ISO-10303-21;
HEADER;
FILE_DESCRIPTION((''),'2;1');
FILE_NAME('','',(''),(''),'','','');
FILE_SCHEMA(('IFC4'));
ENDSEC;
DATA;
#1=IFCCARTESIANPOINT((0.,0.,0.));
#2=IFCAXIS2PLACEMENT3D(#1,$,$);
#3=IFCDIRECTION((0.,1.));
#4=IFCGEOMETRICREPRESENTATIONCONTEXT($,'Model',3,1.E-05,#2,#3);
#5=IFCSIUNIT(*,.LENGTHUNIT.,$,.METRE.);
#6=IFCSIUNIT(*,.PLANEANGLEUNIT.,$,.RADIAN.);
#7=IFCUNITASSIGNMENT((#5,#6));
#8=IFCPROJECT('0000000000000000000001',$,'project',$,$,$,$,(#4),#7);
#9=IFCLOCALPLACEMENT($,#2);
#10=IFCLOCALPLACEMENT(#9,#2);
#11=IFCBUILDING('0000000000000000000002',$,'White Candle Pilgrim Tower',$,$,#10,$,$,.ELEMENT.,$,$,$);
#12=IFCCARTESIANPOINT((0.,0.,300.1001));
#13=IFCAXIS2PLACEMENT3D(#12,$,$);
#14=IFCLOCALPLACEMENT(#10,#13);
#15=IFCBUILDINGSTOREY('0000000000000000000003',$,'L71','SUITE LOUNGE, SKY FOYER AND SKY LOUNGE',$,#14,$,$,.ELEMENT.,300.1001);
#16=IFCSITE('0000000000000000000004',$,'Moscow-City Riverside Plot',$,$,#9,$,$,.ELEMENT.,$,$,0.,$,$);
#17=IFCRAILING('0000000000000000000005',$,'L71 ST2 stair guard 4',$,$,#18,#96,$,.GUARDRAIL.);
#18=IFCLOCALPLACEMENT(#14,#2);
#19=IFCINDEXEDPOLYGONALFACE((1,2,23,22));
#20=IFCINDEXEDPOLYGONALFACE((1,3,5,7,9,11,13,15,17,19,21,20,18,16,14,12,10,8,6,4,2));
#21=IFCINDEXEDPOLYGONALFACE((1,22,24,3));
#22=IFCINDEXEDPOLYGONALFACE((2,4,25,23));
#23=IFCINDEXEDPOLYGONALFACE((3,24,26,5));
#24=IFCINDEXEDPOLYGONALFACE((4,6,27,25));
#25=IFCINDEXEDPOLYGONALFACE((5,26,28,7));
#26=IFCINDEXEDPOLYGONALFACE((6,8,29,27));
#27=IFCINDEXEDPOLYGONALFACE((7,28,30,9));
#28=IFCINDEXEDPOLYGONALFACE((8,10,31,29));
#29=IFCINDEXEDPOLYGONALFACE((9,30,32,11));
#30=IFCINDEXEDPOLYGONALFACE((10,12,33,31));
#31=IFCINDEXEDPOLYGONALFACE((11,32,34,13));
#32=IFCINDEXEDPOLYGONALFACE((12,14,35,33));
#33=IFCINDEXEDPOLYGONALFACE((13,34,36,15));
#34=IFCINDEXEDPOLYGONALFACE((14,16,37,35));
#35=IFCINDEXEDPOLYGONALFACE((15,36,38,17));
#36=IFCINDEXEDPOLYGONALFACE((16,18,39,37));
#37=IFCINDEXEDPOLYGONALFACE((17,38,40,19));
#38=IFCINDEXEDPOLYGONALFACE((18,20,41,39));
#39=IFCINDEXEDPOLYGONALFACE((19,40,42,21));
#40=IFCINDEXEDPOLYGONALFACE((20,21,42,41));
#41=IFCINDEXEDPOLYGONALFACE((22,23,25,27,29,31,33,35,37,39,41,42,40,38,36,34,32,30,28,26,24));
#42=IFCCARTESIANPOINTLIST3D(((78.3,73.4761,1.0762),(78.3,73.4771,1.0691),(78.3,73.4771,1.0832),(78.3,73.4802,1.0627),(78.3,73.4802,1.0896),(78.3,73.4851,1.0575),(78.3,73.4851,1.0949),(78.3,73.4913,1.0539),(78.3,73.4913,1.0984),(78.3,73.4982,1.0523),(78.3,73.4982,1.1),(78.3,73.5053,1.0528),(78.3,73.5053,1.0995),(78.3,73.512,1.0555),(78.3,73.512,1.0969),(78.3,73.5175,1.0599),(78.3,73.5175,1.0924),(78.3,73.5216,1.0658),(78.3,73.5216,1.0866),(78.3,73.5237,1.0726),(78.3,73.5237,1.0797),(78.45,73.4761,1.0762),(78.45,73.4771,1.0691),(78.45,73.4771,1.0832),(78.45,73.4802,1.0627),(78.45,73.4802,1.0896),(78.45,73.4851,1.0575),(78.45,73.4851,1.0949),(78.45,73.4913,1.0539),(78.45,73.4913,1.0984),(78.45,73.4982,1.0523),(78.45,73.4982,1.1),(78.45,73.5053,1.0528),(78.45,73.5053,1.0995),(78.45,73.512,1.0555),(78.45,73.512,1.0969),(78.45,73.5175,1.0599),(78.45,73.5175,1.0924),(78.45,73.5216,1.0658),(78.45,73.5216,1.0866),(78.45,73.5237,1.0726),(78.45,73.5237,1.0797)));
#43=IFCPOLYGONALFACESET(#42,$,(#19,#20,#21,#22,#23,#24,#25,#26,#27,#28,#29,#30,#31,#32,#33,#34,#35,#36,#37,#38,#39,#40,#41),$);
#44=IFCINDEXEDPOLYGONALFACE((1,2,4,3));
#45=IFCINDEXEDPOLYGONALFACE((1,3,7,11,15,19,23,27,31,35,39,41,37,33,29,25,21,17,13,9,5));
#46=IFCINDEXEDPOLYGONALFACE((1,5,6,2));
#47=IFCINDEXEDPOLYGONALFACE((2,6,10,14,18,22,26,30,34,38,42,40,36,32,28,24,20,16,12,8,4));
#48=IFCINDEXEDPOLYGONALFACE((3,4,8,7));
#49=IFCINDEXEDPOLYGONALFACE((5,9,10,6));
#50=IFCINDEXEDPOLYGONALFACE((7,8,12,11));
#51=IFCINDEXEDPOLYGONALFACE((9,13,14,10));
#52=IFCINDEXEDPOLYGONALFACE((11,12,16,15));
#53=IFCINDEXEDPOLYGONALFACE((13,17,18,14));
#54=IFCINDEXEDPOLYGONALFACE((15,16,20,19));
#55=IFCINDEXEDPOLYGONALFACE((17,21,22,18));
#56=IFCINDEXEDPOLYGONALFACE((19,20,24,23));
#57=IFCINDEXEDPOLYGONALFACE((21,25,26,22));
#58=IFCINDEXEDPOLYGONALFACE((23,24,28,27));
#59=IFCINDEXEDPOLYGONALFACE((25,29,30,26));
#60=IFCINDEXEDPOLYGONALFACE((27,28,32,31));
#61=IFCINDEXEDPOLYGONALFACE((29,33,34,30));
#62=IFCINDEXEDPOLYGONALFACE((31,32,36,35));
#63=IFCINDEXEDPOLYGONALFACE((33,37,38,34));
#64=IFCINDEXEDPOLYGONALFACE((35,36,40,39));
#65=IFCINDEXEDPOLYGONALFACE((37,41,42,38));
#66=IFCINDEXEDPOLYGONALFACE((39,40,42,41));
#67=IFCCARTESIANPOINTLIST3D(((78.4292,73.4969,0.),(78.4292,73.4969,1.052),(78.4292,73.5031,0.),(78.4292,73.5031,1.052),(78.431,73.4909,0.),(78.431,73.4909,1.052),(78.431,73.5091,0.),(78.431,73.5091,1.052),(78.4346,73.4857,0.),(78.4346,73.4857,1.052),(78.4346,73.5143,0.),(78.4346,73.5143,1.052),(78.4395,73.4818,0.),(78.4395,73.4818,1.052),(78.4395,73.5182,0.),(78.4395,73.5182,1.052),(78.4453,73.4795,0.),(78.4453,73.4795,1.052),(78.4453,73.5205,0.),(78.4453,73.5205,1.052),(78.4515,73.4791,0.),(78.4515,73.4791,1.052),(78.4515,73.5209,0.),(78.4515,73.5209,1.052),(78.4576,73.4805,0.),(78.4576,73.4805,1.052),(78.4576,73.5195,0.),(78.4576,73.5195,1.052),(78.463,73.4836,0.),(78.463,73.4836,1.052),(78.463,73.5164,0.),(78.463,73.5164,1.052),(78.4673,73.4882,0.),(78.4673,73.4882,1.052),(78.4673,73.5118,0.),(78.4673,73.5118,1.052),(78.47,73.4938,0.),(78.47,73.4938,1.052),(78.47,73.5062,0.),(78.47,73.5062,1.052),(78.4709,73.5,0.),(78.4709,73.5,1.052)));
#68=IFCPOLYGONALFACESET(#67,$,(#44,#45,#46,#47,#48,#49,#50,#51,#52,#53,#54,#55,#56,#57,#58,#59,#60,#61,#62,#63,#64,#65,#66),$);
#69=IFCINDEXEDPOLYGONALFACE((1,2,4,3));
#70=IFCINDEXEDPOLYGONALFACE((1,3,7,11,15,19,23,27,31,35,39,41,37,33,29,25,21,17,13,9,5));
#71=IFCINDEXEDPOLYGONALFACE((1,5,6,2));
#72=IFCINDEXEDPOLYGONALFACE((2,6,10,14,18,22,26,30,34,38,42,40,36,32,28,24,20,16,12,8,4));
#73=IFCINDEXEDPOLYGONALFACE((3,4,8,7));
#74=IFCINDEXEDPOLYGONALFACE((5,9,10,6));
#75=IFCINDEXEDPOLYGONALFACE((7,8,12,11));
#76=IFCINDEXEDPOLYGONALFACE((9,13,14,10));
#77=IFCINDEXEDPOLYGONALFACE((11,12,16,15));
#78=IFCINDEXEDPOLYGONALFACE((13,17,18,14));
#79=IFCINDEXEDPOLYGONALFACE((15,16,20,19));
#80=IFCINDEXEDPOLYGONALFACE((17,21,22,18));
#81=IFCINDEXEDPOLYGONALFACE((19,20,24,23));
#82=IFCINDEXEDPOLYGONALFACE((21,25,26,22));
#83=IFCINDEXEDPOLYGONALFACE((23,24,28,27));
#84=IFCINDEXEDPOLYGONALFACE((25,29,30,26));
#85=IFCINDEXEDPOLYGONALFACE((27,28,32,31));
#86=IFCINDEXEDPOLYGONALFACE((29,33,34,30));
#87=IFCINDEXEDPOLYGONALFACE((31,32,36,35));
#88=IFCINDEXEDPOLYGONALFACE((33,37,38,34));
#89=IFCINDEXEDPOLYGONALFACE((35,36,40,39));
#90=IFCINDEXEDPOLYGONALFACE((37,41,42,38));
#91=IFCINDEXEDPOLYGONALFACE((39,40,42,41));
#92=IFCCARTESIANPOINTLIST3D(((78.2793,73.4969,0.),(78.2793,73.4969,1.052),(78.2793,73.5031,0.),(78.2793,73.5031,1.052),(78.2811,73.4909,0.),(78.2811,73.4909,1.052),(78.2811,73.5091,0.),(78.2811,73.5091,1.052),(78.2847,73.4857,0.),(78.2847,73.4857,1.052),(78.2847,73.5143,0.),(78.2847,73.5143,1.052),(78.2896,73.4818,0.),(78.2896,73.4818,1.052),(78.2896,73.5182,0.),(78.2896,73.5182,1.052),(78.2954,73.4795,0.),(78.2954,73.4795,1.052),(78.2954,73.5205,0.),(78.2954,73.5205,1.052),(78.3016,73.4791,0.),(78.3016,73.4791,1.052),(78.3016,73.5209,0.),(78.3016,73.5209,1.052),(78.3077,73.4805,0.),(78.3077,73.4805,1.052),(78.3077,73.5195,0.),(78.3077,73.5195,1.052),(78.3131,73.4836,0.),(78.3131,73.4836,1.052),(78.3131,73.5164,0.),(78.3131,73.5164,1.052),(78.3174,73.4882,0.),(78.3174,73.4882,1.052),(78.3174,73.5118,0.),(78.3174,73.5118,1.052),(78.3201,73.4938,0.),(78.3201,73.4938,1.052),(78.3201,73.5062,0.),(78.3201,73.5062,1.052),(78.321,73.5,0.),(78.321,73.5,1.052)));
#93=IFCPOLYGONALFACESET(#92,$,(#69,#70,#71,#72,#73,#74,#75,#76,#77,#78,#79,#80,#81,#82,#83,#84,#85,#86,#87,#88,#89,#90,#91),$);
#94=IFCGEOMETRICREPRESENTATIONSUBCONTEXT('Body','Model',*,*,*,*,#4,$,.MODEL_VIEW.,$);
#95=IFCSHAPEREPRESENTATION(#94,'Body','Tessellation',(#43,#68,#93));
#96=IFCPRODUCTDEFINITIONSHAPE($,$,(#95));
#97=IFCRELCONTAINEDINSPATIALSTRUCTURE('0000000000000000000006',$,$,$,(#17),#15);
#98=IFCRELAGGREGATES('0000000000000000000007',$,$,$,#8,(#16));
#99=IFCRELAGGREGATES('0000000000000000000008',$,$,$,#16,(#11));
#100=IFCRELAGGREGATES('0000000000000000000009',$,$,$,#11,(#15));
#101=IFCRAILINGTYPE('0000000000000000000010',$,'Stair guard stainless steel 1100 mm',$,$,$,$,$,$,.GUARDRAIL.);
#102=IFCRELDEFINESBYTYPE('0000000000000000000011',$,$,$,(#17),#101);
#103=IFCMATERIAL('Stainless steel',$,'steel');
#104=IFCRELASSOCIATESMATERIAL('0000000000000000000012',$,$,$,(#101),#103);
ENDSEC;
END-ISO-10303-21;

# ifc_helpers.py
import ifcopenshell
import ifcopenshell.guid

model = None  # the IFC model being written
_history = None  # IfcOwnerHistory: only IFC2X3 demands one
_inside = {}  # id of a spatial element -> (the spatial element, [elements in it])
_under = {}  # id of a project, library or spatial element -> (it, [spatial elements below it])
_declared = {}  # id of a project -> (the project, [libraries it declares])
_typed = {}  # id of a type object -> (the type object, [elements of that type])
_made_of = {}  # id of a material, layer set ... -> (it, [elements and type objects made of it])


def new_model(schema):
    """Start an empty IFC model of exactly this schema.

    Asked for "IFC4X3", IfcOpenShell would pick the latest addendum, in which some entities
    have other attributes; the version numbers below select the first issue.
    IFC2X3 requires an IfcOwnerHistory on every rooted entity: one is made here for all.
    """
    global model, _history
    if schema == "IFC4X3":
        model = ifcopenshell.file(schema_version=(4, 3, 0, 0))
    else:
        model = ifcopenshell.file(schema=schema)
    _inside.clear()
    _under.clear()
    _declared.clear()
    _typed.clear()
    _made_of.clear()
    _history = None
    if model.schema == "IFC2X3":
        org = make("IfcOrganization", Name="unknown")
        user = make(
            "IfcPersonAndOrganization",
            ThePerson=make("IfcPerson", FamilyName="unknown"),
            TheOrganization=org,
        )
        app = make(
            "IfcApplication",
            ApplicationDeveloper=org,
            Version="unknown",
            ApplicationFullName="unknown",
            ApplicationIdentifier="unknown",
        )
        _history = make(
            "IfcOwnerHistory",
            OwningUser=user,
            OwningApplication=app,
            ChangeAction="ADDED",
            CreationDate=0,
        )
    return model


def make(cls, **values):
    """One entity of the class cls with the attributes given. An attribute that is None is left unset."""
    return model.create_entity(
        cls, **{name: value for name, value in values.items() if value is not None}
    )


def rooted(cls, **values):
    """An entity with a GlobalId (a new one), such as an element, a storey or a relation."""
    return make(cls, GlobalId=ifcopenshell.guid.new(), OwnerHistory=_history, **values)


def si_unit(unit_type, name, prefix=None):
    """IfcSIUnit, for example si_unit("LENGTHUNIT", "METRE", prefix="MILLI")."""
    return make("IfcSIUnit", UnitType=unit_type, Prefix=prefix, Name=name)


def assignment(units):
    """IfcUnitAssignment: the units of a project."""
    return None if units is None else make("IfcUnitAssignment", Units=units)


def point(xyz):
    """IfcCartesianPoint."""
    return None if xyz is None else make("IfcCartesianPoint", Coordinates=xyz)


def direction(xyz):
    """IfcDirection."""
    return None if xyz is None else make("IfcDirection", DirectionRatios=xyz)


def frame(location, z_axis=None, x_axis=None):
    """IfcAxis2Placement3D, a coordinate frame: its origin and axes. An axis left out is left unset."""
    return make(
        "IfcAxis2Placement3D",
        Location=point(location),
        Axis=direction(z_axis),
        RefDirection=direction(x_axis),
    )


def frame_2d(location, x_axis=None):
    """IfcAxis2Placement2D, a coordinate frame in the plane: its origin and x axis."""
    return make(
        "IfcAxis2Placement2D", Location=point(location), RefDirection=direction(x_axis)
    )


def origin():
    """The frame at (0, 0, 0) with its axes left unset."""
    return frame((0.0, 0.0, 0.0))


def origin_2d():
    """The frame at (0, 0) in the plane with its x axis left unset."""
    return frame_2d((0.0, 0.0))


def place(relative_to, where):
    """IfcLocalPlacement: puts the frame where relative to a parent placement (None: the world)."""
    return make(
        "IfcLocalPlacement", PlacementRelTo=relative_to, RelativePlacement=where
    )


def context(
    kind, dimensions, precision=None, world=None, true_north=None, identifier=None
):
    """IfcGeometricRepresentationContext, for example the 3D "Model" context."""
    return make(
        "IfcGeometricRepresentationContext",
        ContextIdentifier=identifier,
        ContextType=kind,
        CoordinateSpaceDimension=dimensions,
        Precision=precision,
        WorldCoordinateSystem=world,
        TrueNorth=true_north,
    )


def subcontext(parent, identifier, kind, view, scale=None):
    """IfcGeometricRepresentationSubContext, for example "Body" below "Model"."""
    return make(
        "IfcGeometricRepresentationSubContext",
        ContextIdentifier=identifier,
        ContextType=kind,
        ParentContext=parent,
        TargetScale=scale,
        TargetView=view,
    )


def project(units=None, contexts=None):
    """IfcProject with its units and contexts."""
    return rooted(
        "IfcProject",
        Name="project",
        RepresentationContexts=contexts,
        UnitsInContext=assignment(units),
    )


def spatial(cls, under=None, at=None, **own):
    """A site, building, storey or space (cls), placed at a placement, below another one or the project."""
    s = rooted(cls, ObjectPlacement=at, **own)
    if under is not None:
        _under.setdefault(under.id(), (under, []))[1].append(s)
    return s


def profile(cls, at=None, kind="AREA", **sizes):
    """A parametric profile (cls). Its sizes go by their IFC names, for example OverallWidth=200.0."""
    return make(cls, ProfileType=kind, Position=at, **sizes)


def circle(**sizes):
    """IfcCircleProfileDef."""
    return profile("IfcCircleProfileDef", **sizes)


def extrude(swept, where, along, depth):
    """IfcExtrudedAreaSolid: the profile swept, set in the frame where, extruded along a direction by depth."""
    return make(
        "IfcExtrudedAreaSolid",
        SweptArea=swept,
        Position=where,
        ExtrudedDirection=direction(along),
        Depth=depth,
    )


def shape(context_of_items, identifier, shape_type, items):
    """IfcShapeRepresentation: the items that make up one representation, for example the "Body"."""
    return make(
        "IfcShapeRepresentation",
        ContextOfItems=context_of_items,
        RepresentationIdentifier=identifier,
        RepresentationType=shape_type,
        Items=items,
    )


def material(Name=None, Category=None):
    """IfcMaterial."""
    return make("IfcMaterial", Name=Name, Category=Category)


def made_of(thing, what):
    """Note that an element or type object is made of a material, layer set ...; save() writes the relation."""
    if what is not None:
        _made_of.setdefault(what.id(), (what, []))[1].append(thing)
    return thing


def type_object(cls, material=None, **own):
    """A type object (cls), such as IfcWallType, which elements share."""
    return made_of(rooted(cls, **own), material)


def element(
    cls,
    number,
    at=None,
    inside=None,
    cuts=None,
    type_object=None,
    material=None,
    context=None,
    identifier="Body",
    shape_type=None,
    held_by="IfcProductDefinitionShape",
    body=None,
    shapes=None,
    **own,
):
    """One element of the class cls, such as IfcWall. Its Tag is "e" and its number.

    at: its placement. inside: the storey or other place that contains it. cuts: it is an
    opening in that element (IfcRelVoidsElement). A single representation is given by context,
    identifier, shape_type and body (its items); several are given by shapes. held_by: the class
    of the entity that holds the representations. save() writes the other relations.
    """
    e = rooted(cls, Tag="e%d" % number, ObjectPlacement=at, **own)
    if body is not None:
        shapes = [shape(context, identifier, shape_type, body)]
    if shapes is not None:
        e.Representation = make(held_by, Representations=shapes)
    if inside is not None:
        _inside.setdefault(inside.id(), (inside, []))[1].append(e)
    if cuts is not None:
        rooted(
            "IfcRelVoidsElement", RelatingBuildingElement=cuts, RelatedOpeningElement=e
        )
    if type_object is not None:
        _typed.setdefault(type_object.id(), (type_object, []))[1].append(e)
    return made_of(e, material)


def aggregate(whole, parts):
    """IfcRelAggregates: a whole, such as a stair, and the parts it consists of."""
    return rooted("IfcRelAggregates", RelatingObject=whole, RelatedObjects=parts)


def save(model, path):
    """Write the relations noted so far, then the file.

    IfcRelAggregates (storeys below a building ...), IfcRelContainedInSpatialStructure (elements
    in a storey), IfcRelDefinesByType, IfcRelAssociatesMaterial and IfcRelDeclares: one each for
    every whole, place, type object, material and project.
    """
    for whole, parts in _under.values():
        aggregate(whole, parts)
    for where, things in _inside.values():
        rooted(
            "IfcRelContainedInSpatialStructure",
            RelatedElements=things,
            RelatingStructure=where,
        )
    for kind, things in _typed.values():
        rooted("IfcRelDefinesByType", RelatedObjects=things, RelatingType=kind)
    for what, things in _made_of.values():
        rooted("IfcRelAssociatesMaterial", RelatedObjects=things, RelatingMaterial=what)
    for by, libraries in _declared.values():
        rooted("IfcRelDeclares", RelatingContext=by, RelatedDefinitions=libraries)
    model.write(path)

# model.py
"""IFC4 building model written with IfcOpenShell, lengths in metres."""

from ifc_helpers import new_model, si_unit, direction, frame, origin, origin_2d, place, context, subcontext, project, spatial, circle, extrude, material, type_object, element, save


model = new_model("IFC4")

# Units and contexts
model_context = context("Model", 3, precision=1e-05, world=origin(), true_north=direction((0.0, 1.0)))
body_context = subcontext(model_context, "Body", "Model", "MODEL_VIEW")
ifc_project = project(units=[si_unit("LENGTHUNIT", "METRE"), si_unit("PLANEANGLEUNIT", "RADIAN")], contexts=[model_context])

# Site, building, storey
site_placement = place(None, origin())
site = spatial("IfcSite", under=ifc_project, at=site_placement, Name="Moscow-City Riverside Plot", CompositionType="ELEMENT", RefElevation=0.0)
building_placement = place(site_placement, origin())
building = spatial("IfcBuilding", under=site, at=building_placement, Name="White Candle Pilgrim Tower", CompositionType="ELEMENT")
storey_placement = place(building_placement, frame((0.0, 0.0, 300.1001)))
storey = spatial("IfcBuildingStorey", under=building, at=storey_placement, Name="L71", Description="SUITE LOUNGE, SKY FOYER AND SKY LOUNGE", CompositionType="ELEMENT", Elevation=300.1001)

# Railing
ifc_material_1 = material(Name="Stainless steel", Category="steel")
railing_type_1 = type_object("IfcRailingType", Name="Stair guard stainless steel 1100 mm", PredefinedType="GUARDRAIL", material=ifc_material_1)
railing_1_placement = place(storey_placement, frame((78.45, 73.5, 0.0)))
element("IfcRailing", 1, at=railing_1_placement, inside=storey, type_object=railing_type_1, Name="L71 ST2 stair guard 4", PredefinedType="GUARDRAIL", context=body_context, shape_type="SweptSolid", body=[
    extrude(circle(Radius=0.0239, at=origin_2d()), frame((0.0, 0.0, 1.0762), z_axis=(-1.0, 0.0, 0.0), x_axis=(0.0, -1.0, 0.0)), (0.0, 0.0, 1.0), 0.1499),
    extrude(circle(Radius=0.021, at=origin_2d()), origin(), (0.0, 0.0, 1.0), 1.052),
    extrude(circle(Radius=0.021, at=origin_2d()), frame((-0.1499, 0.0, 0.0)), (0.0, 0.0, 1.0), 1.052),
])

save(model, "model.ifc")
